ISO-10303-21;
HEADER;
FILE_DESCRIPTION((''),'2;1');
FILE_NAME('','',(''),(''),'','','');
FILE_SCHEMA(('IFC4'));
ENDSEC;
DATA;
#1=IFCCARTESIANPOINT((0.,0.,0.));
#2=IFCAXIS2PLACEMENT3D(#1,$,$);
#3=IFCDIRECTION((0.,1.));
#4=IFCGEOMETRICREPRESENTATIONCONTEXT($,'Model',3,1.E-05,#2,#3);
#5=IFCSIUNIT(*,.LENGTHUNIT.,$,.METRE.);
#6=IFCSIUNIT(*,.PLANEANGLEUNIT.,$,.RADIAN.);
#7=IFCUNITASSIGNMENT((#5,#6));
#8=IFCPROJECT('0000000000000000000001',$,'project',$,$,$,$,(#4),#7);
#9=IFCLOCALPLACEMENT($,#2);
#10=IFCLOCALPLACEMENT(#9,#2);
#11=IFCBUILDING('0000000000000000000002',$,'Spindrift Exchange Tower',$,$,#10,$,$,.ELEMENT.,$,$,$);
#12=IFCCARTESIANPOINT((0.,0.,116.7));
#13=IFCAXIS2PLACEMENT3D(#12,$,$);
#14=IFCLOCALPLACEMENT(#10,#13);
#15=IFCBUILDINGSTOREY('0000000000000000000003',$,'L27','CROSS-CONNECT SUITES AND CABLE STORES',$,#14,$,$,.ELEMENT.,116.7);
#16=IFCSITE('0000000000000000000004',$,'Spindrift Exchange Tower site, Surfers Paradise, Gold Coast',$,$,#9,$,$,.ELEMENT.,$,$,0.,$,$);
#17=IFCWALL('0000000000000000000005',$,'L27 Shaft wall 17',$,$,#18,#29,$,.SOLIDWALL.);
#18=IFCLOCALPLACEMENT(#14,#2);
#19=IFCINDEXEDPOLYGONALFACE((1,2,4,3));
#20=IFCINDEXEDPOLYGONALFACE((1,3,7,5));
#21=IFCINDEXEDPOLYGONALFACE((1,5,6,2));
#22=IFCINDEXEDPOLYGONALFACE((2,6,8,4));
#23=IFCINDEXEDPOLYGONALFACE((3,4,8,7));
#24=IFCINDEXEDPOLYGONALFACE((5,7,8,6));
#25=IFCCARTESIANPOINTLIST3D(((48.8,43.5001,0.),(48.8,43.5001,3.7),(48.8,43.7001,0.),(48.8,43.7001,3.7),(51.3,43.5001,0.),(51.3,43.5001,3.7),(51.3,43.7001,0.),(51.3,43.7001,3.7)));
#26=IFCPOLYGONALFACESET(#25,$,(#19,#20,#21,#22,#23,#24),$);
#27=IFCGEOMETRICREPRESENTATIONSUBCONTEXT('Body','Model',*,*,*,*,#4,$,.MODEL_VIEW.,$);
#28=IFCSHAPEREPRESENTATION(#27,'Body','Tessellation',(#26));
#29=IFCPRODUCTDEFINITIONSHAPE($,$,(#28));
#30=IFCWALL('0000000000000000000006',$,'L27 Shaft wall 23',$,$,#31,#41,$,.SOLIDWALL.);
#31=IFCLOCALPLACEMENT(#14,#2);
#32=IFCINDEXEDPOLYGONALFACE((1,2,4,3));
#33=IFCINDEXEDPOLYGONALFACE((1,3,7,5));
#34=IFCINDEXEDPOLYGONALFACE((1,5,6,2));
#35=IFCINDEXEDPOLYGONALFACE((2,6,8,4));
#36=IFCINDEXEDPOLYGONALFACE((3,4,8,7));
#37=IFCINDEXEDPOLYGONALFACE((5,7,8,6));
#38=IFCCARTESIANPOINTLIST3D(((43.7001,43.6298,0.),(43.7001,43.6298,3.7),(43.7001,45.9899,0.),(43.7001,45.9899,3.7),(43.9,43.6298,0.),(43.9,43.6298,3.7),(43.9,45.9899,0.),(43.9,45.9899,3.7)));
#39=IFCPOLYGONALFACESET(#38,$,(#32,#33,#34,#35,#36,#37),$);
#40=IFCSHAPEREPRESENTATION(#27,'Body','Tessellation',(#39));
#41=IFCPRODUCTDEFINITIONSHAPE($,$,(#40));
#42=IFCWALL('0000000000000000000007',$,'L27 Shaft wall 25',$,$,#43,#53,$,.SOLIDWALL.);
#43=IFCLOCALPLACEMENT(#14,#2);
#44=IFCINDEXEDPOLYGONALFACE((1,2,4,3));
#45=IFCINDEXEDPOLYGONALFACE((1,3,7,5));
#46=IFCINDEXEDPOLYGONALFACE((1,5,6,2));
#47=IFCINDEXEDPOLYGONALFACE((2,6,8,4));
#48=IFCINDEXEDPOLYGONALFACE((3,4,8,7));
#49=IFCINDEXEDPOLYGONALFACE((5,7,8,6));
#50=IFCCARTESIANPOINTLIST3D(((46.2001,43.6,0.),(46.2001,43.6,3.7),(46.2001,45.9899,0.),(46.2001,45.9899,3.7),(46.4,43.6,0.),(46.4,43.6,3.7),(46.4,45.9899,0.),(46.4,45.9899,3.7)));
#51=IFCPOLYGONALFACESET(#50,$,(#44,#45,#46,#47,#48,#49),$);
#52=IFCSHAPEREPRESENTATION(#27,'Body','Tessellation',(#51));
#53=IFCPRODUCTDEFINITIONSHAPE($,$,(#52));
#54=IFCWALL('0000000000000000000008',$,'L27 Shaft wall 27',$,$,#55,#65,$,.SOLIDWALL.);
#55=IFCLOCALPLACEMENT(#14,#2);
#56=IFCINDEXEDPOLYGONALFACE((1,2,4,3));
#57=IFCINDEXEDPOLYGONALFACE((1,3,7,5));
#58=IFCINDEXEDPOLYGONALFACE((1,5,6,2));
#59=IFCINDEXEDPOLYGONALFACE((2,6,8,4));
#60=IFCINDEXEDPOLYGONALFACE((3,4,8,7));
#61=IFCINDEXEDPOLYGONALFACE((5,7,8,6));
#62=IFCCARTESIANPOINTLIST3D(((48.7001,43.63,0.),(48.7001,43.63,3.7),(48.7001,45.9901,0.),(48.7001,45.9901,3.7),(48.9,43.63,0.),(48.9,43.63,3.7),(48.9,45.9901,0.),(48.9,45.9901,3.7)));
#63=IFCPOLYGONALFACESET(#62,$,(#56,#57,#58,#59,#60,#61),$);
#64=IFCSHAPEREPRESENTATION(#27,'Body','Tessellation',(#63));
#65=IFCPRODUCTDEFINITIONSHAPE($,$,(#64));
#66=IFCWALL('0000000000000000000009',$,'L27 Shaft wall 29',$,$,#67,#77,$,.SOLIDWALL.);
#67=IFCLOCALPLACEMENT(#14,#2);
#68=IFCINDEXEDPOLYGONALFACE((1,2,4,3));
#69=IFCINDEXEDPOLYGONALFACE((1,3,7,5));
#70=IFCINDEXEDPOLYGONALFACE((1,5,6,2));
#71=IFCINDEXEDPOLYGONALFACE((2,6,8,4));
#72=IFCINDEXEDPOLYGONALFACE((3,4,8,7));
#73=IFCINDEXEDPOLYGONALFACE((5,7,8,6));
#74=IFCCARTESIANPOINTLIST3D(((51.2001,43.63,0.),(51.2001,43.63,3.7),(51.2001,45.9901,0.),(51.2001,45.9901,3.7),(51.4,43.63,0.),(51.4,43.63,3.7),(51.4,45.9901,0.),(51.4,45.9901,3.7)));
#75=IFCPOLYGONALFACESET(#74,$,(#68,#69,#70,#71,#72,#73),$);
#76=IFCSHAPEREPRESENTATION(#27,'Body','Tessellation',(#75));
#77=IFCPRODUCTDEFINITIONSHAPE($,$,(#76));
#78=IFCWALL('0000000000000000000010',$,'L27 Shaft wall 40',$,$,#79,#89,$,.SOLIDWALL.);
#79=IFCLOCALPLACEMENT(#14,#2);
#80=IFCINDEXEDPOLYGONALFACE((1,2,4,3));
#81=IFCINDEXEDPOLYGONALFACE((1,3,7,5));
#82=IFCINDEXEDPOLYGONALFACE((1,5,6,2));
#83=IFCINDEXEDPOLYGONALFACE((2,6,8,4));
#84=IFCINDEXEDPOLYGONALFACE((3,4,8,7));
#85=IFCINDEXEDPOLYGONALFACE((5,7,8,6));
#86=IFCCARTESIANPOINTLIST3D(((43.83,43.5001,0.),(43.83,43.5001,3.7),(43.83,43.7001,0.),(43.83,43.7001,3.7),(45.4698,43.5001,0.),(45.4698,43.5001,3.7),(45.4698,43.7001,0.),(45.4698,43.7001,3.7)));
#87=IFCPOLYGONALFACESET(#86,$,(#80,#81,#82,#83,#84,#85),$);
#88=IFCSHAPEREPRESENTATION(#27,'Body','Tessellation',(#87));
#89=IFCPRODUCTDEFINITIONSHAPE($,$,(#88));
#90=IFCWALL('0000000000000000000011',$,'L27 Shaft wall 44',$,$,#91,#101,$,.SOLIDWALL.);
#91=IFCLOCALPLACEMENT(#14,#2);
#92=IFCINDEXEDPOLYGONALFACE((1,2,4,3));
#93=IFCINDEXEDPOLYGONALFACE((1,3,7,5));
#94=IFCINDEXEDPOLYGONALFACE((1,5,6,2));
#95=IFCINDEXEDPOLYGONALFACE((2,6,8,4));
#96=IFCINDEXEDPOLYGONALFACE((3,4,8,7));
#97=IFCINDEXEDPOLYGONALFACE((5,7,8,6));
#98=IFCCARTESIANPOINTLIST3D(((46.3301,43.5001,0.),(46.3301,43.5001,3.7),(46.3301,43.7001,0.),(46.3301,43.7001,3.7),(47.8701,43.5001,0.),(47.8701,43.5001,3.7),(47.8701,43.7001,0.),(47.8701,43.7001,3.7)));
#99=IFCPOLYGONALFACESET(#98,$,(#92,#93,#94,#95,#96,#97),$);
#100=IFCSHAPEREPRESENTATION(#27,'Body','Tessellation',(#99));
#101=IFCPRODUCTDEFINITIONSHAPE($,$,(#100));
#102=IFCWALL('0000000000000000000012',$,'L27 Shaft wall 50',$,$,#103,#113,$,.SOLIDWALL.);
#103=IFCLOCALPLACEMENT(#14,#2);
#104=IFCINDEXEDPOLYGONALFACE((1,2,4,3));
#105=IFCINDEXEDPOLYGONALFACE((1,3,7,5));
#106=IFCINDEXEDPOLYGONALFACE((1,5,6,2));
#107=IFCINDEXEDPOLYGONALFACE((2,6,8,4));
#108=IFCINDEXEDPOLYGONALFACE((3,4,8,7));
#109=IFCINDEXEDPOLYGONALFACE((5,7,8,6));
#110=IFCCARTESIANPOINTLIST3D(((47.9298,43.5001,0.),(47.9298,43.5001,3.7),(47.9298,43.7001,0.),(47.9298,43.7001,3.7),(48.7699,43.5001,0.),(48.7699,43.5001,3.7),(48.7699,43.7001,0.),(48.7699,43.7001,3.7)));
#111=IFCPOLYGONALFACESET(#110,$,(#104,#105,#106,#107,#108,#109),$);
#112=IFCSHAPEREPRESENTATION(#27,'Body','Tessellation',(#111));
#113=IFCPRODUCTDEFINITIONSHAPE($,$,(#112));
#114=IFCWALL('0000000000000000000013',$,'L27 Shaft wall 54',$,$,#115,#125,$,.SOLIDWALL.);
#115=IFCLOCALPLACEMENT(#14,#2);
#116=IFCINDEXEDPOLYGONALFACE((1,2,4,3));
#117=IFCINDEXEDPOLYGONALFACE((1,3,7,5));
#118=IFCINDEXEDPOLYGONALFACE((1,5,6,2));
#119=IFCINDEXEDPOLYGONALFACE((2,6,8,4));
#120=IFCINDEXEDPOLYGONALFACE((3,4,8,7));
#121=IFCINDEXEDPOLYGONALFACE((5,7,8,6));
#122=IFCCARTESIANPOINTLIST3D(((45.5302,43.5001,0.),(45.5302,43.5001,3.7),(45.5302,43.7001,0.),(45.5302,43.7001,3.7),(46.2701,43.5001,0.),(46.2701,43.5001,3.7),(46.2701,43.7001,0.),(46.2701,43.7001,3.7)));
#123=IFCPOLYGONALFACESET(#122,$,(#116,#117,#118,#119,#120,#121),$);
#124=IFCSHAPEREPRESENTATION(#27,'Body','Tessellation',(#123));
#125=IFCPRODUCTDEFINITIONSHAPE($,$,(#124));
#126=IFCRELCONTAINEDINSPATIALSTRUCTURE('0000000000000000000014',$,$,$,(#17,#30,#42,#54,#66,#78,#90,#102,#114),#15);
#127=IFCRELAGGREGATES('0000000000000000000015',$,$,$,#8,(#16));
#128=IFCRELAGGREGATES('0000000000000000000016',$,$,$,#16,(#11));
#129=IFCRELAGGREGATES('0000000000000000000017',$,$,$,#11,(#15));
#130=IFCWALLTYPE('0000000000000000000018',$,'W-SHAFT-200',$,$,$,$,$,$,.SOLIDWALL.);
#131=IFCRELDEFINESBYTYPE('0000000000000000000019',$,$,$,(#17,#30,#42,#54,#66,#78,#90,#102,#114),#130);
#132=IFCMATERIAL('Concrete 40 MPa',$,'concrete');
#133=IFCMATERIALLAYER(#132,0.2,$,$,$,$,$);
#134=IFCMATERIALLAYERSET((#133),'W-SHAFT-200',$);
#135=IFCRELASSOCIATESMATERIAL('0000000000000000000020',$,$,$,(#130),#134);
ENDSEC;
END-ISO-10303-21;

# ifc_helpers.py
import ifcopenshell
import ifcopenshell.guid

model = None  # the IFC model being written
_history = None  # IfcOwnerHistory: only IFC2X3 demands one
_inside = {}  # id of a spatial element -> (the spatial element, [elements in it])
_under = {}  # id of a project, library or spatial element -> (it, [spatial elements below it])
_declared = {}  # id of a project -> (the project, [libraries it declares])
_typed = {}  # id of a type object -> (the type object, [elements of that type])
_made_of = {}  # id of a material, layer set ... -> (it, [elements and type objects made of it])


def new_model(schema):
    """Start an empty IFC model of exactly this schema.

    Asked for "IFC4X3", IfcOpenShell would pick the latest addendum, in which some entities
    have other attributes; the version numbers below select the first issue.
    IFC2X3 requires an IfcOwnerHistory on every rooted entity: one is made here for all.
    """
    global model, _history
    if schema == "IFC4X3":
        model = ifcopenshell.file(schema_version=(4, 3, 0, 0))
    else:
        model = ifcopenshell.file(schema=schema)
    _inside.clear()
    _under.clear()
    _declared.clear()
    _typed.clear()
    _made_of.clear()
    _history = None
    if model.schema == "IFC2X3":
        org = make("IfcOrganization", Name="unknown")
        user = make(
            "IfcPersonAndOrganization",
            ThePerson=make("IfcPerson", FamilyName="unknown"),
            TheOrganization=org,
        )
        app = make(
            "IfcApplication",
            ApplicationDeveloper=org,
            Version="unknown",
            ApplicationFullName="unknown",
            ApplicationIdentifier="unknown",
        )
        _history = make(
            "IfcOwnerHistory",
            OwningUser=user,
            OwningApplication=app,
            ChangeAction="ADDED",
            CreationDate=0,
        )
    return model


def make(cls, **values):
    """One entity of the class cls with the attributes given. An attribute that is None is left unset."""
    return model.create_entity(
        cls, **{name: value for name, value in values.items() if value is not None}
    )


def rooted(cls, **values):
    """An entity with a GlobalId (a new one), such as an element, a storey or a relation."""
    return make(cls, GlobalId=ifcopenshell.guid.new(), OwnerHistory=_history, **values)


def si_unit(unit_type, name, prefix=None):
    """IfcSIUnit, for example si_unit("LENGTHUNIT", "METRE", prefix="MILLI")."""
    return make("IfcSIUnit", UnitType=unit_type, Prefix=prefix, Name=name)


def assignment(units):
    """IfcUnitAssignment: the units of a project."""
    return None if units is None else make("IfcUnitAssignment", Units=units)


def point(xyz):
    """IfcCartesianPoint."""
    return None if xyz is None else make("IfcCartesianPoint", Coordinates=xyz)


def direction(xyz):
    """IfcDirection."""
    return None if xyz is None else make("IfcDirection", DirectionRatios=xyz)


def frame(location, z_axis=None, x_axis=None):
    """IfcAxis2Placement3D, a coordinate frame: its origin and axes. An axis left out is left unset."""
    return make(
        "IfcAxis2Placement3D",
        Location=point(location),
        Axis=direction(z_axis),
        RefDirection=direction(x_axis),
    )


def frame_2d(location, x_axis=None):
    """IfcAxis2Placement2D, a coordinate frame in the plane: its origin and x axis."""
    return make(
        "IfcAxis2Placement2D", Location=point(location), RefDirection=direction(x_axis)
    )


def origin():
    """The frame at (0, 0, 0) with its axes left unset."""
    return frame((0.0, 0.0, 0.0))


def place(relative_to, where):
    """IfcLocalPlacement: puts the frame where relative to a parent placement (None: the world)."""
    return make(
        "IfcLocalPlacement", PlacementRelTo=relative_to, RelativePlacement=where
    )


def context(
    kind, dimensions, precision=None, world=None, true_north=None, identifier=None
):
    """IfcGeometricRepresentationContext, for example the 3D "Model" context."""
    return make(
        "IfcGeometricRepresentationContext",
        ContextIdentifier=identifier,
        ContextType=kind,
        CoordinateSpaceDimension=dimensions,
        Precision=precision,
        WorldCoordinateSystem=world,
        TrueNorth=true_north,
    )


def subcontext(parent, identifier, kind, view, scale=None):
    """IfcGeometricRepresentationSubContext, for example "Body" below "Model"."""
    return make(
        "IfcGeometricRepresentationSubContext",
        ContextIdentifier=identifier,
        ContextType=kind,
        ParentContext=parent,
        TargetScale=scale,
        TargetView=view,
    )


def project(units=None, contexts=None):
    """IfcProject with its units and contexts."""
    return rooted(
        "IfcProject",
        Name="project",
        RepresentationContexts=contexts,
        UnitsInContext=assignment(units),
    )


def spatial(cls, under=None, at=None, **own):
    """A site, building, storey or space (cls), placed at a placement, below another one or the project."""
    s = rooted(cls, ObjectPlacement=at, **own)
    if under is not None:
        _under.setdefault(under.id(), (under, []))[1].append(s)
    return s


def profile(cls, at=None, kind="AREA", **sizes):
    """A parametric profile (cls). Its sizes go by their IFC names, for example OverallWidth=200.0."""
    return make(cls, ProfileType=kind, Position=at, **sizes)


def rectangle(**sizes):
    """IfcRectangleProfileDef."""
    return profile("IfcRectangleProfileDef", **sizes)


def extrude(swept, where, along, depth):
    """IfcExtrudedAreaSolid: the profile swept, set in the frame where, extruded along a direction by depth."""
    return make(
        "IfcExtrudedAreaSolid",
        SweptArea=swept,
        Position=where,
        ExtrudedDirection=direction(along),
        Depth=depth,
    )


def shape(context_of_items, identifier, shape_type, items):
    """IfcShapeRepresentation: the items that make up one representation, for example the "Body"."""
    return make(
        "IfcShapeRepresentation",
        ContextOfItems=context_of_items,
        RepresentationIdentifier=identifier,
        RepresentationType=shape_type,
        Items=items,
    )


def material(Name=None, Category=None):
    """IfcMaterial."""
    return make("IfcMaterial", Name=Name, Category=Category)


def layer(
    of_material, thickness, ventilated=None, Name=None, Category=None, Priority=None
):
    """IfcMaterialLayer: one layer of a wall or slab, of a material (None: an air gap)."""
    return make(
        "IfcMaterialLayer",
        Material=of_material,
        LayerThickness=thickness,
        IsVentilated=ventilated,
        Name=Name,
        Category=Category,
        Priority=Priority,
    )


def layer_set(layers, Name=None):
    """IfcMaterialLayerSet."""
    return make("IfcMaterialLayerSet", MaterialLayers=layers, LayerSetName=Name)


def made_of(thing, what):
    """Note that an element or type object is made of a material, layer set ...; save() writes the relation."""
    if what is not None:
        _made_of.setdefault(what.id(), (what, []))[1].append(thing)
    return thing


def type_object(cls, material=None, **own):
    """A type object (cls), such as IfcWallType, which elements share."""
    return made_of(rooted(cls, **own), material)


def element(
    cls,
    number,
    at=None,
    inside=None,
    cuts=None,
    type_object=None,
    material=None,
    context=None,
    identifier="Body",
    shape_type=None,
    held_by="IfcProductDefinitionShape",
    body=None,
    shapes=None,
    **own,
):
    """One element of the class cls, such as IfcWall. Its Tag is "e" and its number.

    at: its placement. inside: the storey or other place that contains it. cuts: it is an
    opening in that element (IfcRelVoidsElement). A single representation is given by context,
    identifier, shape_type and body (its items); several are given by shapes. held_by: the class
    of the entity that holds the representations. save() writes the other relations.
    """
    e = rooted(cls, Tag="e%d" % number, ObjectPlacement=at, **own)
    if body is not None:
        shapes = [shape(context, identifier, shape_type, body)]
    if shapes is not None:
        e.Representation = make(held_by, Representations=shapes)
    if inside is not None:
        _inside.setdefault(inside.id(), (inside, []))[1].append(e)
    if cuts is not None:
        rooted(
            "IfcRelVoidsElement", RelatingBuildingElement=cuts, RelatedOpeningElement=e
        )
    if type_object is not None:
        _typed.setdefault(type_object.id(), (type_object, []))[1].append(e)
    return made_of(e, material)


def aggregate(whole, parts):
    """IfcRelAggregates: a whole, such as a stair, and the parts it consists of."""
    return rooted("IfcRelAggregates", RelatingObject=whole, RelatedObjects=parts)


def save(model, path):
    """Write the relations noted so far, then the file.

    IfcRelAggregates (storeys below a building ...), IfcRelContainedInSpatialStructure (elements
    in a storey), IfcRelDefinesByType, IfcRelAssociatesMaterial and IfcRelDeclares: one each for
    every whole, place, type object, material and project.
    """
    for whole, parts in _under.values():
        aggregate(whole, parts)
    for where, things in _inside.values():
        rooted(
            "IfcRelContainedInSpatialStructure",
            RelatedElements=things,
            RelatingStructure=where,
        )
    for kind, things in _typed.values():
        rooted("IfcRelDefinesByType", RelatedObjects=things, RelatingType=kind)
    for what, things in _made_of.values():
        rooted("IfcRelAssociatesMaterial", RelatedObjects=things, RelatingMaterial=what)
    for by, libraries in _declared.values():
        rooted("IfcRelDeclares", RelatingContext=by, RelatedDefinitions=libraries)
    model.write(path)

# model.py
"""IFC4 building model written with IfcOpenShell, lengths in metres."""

from ifc_helpers import new_model, si_unit, direction, frame, frame_2d, origin, place, context, subcontext, project, spatial, rectangle, extrude, material, layer, layer_set, type_object, element, save


model = new_model("IFC4")

# Units and contexts
model_context = context("Model", 3, precision=1e-05, world=origin(), true_north=direction((0.0, 1.0)))
body_context = subcontext(model_context, "Body", "Model", "MODEL_VIEW")
ifc_project = project(units=[si_unit("LENGTHUNIT", "METRE"), si_unit("PLANEANGLEUNIT", "RADIAN")], contexts=[model_context])

# Site, building, storey
site_placement = place(None, origin())
site = spatial("IfcSite", under=ifc_project, at=site_placement, Name="Spindrift Exchange Tower site, Surfers Paradise, Gold Coast", CompositionType="ELEMENT", RefElevation=0.0)
building_placement = place(site_placement, origin())
building = spatial("IfcBuilding", under=site, at=building_placement, Name="Spindrift Exchange Tower", CompositionType="ELEMENT")
storey_placement = place(building_placement, frame((0.0, 0.0, 116.7)))
storey = spatial("IfcBuildingStorey", under=building, at=storey_placement, Name="L27", Description="CROSS-CONNECT SUITES AND CABLE STORES", CompositionType="ELEMENT", Elevation=116.7)

# Walls
ifc_material_1 = material(Name="Concrete 40 MPa", Category="concrete")
ifc_layer_1 = layer(ifc_material_1, 0.2)
ifc_layer_set_1 = layer_set([ifc_layer_1], Name="W-SHAFT-200")
wall_type_1 = type_object("IfcWallType", Name="W-SHAFT-200", PredefinedType="SOLIDWALL", material=ifc_layer_set_1)
wall_1_placement = place(storey_placement, frame((48.8, 43.6001, 0.0), z_axis=(0.0, 0.0, 1.0), x_axis=(1.0, 0.0, 0.0)))
element("IfcWall", 1, at=wall_1_placement, inside=storey, type_object=wall_type_1, Name="L27 Shaft wall 17", PredefinedType="SOLIDWALL", context=body_context, shape_type="SweptSolid", body=[
    extrude(rectangle(XDim=2.5, YDim=0.2, at=frame_2d((1.25, 0.0))), origin(), (0.0, 0.0, 1.0), 3.7),
])
wall_2_placement = place(storey_placement, frame((43.8, 45.99, 0.0), z_axis=(0.0, 0.0, 1.0), x_axis=(0.0, -1.0, 0.0)))
element("IfcWall", 2, at=wall_2_placement, inside=storey, type_object=wall_type_1, Name="L27 Shaft wall 23", PredefinedType="SOLIDWALL", context=body_context, shape_type="SweptSolid", body=[
    extrude(rectangle(XDim=2.3601, YDim=0.2, at=frame_2d((1.1802, 0.0))), origin(), (0.0, 0.0, 1.0), 3.7),
])
wall_3_placement = place(storey_placement, frame((46.3, 43.6001, 0.0), z_axis=(0.0, 0.0, 1.0), x_axis=(0.0, 1.0, 0.0)))
element("IfcWall", 3, at=wall_3_placement, inside=storey, type_object=wall_type_1, Name="L27 Shaft wall 25", PredefinedType="SOLIDWALL", context=body_context, shape_type="SweptSolid", body=[
    extrude(rectangle(XDim=2.3899, YDim=0.2, at=frame_2d((1.1948, 0.0))), origin(), (0.0, 0.0, 1.0), 3.7),
])
for number, where, z_axis, x_axis, name in (
    (4, (48.8, 43.6299, 0.0), (0.0, 0.0, 1.0), (0.0, 1.0, 0.0), "L27 Shaft wall 27"),
    (5, (51.3, 43.6299, 0.0), (0.0, 0.0, 1.0), (0.0, 1.0, 0.0), "L27 Shaft wall 29"),
):
    element("IfcWall", number, at=place(storey_placement, frame(where, z_axis=z_axis, x_axis=x_axis)), inside=storey, type_object=wall_type_1, Name=name, PredefinedType="SOLIDWALL", context=body_context, shape_type="SweptSolid", body=[
        extrude(rectangle(XDim=2.3601, YDim=0.2, at=frame_2d((1.1802, 0.0))), origin(), (0.0, 0.0, 1.0), 3.7),
    ])
wall_4_placement = place(storey_placement, frame((43.8301, 43.6001, 0.0), z_axis=(0.0, 0.0, 1.0), x_axis=(1.0, 0.0, 0.0)))
element("IfcWall", 6, at=wall_4_placement, inside=storey, type_object=wall_type_1, Name="L27 Shaft wall 40", PredefinedType="SOLIDWALL", context=body_context, shape_type="SweptSolid", body=[
    extrude(rectangle(XDim=1.6399, YDim=0.2, at=frame_2d((0.8198, 0.0))), origin(), (0.0, 0.0, 1.0), 3.7),
])
wall_5_placement = place(storey_placement, frame((46.3301, 43.6001, 0.0), z_axis=(0.0, 0.0, 1.0), x_axis=(1.0, 0.0, 0.0)))
element("IfcWall", 7, at=wall_5_placement, inside=storey, type_object=wall_type_1, Name="L27 Shaft wall 44", PredefinedType="SOLIDWALL", context=body_context, shape_type="SweptSolid", body=[
    extrude(rectangle(XDim=1.54, YDim=0.2, at=frame_2d((0.77, 0.0))), origin(), (0.0, 0.0, 1.0), 3.7),
])
wall_6_placement = place(storey_placement, frame((47.9299, 43.6001, 0.0), z_axis=(0.0, 0.0, 1.0), x_axis=(1.0, 0.0, 0.0)))
element("IfcWall", 8, at=wall_6_placement, inside=storey, type_object=wall_type_1, Name="L27 Shaft wall 50", PredefinedType="SOLIDWALL", context=body_context, shape_type="SweptSolid", body=[
    extrude(rectangle(XDim=0.8401, YDim=0.2, at=frame_2d((0.4199, 0.0))), origin(), (0.0, 0.0, 1.0), 3.7),
])
wall_7_placement = place(storey_placement, frame((45.53, 43.6001, 0.0), z_axis=(0.0, 0.0, 1.0), x_axis=(1.0, 0.0, 0.0)))
element("IfcWall", 9, at=wall_7_placement, inside=storey, type_object=wall_type_1, Name="L27 Shaft wall 54", PredefinedType="SOLIDWALL", context=body_context, shape_type="SweptSolid", body=[
    extrude(rectangle(XDim=0.74, YDim=0.2, at=frame_2d((0.3701, 0.0))), origin(), (0.0, 0.0, 1.0), 3.7),
])

save(model, "model.ifc")
